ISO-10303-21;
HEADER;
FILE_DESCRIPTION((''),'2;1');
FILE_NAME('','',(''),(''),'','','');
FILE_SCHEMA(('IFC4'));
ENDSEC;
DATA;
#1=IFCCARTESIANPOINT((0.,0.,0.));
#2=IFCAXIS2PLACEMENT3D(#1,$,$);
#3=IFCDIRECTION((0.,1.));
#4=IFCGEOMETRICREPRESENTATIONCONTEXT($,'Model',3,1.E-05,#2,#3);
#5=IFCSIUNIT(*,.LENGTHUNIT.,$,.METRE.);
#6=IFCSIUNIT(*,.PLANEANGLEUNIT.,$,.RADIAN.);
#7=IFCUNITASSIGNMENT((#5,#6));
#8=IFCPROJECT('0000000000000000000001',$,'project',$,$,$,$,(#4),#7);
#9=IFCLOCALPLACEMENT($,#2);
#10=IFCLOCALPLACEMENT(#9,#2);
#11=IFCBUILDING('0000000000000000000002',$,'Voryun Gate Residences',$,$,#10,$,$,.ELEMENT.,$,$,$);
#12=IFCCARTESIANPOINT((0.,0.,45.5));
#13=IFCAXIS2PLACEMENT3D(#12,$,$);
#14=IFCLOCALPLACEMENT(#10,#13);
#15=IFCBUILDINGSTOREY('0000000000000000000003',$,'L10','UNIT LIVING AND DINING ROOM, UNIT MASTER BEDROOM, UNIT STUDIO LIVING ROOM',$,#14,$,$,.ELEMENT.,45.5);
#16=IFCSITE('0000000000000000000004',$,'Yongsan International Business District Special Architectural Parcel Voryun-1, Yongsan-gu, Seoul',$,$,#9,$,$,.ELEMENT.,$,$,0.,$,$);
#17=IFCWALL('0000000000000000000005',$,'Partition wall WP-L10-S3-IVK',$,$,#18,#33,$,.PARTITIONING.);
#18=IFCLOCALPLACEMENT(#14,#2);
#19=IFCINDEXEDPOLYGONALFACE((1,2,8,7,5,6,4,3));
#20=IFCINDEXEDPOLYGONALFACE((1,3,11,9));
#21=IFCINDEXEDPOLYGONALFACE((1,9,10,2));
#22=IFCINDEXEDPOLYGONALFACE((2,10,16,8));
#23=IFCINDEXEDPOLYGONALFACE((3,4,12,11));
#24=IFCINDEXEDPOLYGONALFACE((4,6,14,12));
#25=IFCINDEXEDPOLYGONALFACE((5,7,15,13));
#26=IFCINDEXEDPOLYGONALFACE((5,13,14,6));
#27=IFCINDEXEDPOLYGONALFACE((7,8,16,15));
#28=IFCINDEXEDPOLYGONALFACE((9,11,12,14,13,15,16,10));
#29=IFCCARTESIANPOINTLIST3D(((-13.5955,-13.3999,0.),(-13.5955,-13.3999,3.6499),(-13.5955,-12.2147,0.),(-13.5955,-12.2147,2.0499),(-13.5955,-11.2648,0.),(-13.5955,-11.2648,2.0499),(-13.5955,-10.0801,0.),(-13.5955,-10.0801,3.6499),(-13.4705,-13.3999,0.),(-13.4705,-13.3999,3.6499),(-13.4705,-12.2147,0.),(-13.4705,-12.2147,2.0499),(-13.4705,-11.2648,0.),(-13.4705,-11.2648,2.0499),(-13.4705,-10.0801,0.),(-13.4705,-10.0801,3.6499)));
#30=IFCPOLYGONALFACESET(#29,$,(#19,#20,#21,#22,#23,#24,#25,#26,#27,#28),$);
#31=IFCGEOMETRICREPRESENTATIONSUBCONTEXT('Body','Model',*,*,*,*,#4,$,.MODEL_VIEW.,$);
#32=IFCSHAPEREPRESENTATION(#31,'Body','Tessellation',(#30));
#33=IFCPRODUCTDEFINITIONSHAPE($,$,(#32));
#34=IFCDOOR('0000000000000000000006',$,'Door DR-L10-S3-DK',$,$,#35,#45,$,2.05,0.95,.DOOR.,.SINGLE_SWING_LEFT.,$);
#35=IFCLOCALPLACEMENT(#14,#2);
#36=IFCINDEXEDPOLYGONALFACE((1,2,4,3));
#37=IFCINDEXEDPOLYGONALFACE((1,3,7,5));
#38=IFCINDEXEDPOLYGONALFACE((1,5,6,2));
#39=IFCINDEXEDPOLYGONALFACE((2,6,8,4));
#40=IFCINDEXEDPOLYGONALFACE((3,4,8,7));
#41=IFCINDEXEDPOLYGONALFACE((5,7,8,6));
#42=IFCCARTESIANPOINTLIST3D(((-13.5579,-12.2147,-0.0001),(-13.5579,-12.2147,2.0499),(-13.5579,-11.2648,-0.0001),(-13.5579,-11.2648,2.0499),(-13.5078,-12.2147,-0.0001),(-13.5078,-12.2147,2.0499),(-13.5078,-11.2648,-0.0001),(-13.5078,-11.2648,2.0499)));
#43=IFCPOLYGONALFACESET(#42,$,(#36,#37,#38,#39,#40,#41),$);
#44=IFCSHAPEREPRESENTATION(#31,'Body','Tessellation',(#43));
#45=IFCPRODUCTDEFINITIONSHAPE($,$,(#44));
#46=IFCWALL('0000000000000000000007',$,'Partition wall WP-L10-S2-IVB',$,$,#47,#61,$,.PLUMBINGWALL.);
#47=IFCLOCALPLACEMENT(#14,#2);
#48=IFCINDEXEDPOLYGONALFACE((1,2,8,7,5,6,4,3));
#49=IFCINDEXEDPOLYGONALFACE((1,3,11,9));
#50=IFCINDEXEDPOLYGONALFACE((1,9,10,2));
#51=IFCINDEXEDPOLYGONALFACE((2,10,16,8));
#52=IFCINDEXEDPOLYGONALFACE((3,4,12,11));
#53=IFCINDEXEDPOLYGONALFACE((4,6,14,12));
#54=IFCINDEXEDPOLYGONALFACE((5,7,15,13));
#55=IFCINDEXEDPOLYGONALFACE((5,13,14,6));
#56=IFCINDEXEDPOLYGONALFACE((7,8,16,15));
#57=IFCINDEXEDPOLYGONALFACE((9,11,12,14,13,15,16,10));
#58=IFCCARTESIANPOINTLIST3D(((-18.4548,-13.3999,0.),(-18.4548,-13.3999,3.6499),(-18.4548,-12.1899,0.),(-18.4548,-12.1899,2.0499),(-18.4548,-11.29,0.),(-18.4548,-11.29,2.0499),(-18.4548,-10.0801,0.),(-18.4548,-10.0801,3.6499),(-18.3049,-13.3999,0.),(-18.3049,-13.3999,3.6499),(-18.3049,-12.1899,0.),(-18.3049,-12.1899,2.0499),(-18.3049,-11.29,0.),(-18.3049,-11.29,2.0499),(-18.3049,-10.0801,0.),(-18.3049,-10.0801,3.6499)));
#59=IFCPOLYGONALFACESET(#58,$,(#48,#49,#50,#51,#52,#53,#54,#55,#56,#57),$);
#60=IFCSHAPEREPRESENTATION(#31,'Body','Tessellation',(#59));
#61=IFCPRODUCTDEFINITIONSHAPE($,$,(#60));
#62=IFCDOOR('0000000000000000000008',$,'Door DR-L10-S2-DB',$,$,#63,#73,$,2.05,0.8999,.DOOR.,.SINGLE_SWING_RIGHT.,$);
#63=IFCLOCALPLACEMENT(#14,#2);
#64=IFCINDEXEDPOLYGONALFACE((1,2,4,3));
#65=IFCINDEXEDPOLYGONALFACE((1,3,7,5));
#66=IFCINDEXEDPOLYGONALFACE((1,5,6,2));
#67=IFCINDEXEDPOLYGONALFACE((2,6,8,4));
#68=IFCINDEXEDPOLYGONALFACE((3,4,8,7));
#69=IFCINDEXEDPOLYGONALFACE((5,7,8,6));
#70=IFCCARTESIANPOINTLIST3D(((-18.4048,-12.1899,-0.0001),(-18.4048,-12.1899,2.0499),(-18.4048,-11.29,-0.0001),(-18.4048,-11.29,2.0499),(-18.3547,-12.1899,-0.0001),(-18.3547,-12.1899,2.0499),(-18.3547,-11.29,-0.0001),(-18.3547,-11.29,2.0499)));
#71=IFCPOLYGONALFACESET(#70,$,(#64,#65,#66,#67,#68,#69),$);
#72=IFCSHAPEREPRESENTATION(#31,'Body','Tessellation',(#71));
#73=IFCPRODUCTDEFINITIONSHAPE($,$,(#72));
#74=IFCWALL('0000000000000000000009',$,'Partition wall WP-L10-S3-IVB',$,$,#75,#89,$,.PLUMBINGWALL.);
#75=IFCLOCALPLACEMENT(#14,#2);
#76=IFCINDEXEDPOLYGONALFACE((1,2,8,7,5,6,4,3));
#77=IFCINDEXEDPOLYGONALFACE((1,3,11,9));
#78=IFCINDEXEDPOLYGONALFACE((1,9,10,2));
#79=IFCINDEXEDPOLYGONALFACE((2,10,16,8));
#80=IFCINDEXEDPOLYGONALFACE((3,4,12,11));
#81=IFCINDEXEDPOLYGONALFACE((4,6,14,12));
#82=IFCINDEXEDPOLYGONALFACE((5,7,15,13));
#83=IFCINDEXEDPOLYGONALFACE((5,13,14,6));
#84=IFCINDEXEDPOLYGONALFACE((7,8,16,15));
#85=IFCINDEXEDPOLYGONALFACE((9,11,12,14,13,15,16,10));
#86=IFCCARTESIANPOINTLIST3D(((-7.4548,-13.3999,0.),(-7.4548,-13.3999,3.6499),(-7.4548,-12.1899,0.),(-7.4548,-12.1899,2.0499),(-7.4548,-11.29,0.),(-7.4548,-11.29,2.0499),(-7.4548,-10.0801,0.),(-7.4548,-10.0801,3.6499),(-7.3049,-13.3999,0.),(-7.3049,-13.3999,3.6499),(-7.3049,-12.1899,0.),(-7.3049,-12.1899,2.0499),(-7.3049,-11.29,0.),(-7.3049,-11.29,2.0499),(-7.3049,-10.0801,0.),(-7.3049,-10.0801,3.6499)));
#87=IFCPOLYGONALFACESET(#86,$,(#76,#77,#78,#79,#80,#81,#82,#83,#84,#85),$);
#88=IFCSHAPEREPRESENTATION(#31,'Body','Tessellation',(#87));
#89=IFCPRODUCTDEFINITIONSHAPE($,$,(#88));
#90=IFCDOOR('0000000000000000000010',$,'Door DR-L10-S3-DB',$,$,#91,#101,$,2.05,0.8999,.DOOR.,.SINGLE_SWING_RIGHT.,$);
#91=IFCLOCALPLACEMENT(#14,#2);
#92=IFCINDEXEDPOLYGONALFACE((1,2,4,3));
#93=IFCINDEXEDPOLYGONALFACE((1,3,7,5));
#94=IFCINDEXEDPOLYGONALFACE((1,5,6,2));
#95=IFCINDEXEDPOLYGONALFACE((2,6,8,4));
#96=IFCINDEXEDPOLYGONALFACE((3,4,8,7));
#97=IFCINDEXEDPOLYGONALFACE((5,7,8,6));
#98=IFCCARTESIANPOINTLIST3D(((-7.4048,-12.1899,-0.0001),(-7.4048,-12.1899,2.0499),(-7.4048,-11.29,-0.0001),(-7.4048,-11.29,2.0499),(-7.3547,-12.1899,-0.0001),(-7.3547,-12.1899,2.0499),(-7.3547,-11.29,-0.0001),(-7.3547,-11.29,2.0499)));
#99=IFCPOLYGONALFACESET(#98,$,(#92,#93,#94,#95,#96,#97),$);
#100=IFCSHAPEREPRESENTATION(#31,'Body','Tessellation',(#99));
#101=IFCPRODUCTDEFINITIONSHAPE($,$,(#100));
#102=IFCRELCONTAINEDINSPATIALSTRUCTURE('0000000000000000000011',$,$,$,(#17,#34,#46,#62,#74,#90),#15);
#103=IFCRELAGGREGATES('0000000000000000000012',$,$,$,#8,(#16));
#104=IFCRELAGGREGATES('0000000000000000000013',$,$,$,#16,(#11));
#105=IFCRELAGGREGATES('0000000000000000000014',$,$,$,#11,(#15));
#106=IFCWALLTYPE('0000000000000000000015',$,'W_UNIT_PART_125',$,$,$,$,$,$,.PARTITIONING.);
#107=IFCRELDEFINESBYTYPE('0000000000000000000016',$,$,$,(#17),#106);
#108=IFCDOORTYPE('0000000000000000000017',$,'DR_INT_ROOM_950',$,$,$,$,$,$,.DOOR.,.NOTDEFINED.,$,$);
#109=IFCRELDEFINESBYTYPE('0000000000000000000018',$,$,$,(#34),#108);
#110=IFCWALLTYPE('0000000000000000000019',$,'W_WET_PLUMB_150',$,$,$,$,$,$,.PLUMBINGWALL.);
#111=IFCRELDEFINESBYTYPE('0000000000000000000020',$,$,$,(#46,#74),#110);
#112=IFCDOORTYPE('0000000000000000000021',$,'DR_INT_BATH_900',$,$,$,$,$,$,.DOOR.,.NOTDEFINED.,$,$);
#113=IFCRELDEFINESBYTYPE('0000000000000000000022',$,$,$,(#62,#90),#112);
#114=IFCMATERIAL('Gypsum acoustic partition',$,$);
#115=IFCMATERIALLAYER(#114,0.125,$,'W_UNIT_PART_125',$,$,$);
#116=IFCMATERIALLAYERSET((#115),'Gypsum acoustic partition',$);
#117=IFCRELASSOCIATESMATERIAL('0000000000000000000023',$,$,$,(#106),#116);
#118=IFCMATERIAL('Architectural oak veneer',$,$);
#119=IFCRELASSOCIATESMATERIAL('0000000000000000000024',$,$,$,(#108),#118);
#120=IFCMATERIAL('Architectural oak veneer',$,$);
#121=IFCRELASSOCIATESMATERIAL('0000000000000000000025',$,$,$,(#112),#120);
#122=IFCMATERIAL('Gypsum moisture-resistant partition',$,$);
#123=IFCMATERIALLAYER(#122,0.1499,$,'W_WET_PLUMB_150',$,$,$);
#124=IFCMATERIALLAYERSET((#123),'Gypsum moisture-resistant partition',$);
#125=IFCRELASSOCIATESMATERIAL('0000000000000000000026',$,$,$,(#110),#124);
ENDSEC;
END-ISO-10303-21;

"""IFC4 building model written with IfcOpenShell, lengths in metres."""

from ifc_helpers import new_model, si_unit, direction, frame, frame_2d, origin, place, context, subcontext, project, spatial, rectangle, extrude, material, layer, layer_set, type_object, element, fill, save


model = new_model("IFC4")

# Units and contexts
model_context = context("Model", 3, precision=1e-05, world=origin(), true_north=direction((0.0, 1.0)))
body_context = subcontext(model_context, "Body", "Model", "MODEL_VIEW")
ifc_project = project(units=[si_unit("LENGTHUNIT", "METRE"), si_unit("PLANEANGLEUNIT", "RADIAN")], contexts=[model_context])

# Site, building, storey
site_placement = place(None, origin())
site = spatial("IfcSite", under=ifc_project, at=site_placement, Name="Yongsan International Business District Special Architectural Parcel Voryun-1, Yongsan-gu, Seoul", CompositionType="ELEMENT", RefElevation=0.0)
building_placement = place(site_placement, origin())
building = spatial("IfcBuilding", under=site, at=building_placement, Name="Voryun Gate Residences", CompositionType="ELEMENT")
storey_placement = place(building_placement, frame((0.0, 0.0, 45.5)))
storey = spatial("IfcBuildingStorey", under=building, at=storey_placement, Name="L10", Description="UNIT LIVING AND DINING ROOM, UNIT MASTER BEDROOM, UNIT STUDIO LIVING ROOM", CompositionType="ELEMENT", Elevation=45.5)

# Walls, openings, doors
ifc_material_1 = material(Name="Gypsum acoustic partition")
ifc_layer_1 = layer(ifc_material_1, 0.125, Name="W_UNIT_PART_125")
ifc_layer_set_1 = layer_set([ifc_layer_1], Name="Gypsum acoustic partition")
wall_type_1 = type_object("IfcWallType", Name="W_UNIT_PART_125", PredefinedType="PARTITIONING", material=ifc_layer_set_1)
ifc_material_2 = material(Name="Architectural oak veneer")
door_type_1 = type_object("IfcDoorType", Name="DR_INT_ROOM_950", OperationType="NOTDEFINED", PredefinedType="DOOR", material=ifc_material_2)
ifc_material_3 = material(Name="Architectural oak veneer")
door_type_2 = type_object("IfcDoorType", Name="DR_INT_BATH_900", OperationType="NOTDEFINED", PredefinedType="DOOR", material=ifc_material_3)
wall_1_placement = place(storey_placement, frame((-13.533, -13.3999, 0.0), z_axis=(0.0, 0.0, 1.0), x_axis=(0.0, 1.0, 0.0)))
wall_1 = element("IfcWall", 1, at=wall_1_placement, inside=storey, type_object=wall_type_1, Name="Partition wall WP-L10-S3-IVK", PredefinedType="PARTITIONING", context=body_context, shape_type="SweptSolid", body=[
    extrude(rectangle(XDim=3.3198, YDim=0.125, at=frame_2d((1.6599, 0.0))), origin(), (0.0, 0.0, 1.0), 3.6499),
])
opening_1_placement = place(wall_1_placement, frame((1.1851, 0.0, 0.0)))
opening_1 = element("IfcOpeningElement", 2, at=opening_1_placement, cuts=wall_1, PredefinedType="OPENING", context=body_context, shape_type="SweptSolid", body=[
    extrude(rectangle(XDim=0.95, YDim=2.05, at=frame_2d((0.4751, 1.0249))), frame((0.0, 0.0725, 0.0), z_axis=(0.0, -1.0, 0.0), x_axis=(1.0, 0.0, 0.0)), (0.0, 0.0, 1.0), 0.145),
])
door_1_placement = place(opening_1_placement, origin())
door_1 = element("IfcDoor", 3, at=door_1_placement, inside=storey, type_object=door_type_1, Name="Door DR-L10-S3-DK", OperationType="SINGLE_SWING_LEFT", OverallHeight=2.05, OverallWidth=0.95, PredefinedType="DOOR", context=body_context, shape_type="SweptSolid", body=[
    extrude(rectangle(XDim=0.95, YDim=2.05, at=frame_2d((0.4751, 1.0249))), frame((0.0, 0.0249, 0.0), z_axis=(0.0, -1.0, 0.0), x_axis=(1.0, 0.0, 0.0)), (0.0, 0.0, 1.0), 0.05),
])
fill(opening_1, door_1)
ifc_material_4 = material(Name="Gypsum moisture-resistant partition")
ifc_layer_2 = layer(ifc_material_4, 0.1499, Name="W_WET_PLUMB_150")
ifc_layer_set_2 = layer_set([ifc_layer_2], Name="Gypsum moisture-resistant partition")
wall_type_2 = type_object("IfcWallType", Name="W_WET_PLUMB_150", PredefinedType="PLUMBINGWALL", material=ifc_layer_set_2)
wall_2_placement = place(storey_placement, frame((-18.3799, -13.3999, 0.0), z_axis=(0.0, 0.0, 1.0), x_axis=(0.0, 1.0, 0.0)))
wall_2 = element("IfcWall", 4, at=wall_2_placement, inside=storey, type_object=wall_type_2, Name="Partition wall WP-L10-S2-IVB", PredefinedType="PLUMBINGWALL", context=body_context, shape_type="SweptSolid", body=[
    extrude(rectangle(XDim=3.3198, YDim=0.1499, at=frame_2d((1.6599, 0.0))), origin(), (0.0, 0.0, 1.0), 3.6499),
])
opening_2_placement = place(wall_2_placement, frame((1.21, 0.0, 0.0)))
opening_2 = element("IfcOpeningElement", 5, at=opening_2_placement, cuts=wall_2, PredefinedType="OPENING", context=body_context, shape_type="SweptSolid", body=[
    extrude(rectangle(XDim=0.8999, YDim=2.05, at=frame_2d((0.45, 1.0249))), frame((0.0, 0.085, 0.0), z_axis=(0.0, -1.0, 0.0), x_axis=(1.0, 0.0, 0.0)), (0.0, 0.0, 1.0), 0.1699),
])
door_2_placement = place(opening_2_placement, origin())
door_2 = element("IfcDoor", 6, at=door_2_placement, inside=storey, type_object=door_type_2, Name="Door DR-L10-S2-DB", OperationType="SINGLE_SWING_RIGHT", OverallHeight=2.05, OverallWidth=0.8999, PredefinedType="DOOR", context=body_context, shape_type="SweptSolid", body=[
    extrude(rectangle(XDim=0.8999, YDim=2.05, at=frame_2d((0.45, 1.0249))), frame((0.0, 0.0249, 0.0), z_axis=(0.0, -1.0, 0.0), x_axis=(1.0, 0.0, 0.0)), (0.0, 0.0, 1.0), 0.05),
])
fill(opening_2, door_2)
wall_3_placement = place(storey_placement, frame((-7.3799, -13.3999, 0.0), z_axis=(0.0, 0.0, 1.0), x_axis=(0.0, 1.0, 0.0)))
wall_3 = element("IfcWall", 7, at=wall_3_placement, inside=storey, type_object=wall_type_2, Name="Partition wall WP-L10-S3-IVB", PredefinedType="PLUMBINGWALL", context=body_context, shape_type="SweptSolid", body=[
    extrude(rectangle(XDim=3.3198, YDim=0.1499, at=frame_2d((1.6599, 0.0))), origin(), (0.0, 0.0, 1.0), 3.6499),
])
opening_3_placement = place(wall_3_placement, frame((1.21, 0.0, 0.0)))
opening_3 = element("IfcOpeningElement", 8, at=opening_3_placement, cuts=wall_3, PredefinedType="OPENING", context=body_context, shape_type="SweptSolid", body=[
    extrude(rectangle(XDim=0.8999, YDim=2.05, at=frame_2d((0.45, 1.0249))), frame((0.0, 0.085, 0.0), z_axis=(0.0, -1.0, 0.0), x_axis=(1.0, 0.0, 0.0)), (0.0, 0.0, 1.0), 0.1699),
])
door_3_placement = place(opening_3_placement, origin())
door_3 = element("IfcDoor", 9, at=door_3_placement, inside=storey, type_object=door_type_2, Name="Door DR-L10-S3-DB", OperationType="SINGLE_SWING_RIGHT", OverallHeight=2.05, OverallWidth=0.8999, PredefinedType="DOOR", context=body_context, shape_type="SweptSolid", body=[
    extrude(rectangle(XDim=0.8999, YDim=2.05, at=frame_2d((0.45, 1.0249))), frame((0.0, 0.0249, 0.0), z_axis=(0.0, -1.0, 0.0), x_axis=(1.0, 0.0, 0.0)), (0.0, 0.0, 1.0), 0.05),
])
fill(opening_3, door_3)

save(model, "model.ifc")
